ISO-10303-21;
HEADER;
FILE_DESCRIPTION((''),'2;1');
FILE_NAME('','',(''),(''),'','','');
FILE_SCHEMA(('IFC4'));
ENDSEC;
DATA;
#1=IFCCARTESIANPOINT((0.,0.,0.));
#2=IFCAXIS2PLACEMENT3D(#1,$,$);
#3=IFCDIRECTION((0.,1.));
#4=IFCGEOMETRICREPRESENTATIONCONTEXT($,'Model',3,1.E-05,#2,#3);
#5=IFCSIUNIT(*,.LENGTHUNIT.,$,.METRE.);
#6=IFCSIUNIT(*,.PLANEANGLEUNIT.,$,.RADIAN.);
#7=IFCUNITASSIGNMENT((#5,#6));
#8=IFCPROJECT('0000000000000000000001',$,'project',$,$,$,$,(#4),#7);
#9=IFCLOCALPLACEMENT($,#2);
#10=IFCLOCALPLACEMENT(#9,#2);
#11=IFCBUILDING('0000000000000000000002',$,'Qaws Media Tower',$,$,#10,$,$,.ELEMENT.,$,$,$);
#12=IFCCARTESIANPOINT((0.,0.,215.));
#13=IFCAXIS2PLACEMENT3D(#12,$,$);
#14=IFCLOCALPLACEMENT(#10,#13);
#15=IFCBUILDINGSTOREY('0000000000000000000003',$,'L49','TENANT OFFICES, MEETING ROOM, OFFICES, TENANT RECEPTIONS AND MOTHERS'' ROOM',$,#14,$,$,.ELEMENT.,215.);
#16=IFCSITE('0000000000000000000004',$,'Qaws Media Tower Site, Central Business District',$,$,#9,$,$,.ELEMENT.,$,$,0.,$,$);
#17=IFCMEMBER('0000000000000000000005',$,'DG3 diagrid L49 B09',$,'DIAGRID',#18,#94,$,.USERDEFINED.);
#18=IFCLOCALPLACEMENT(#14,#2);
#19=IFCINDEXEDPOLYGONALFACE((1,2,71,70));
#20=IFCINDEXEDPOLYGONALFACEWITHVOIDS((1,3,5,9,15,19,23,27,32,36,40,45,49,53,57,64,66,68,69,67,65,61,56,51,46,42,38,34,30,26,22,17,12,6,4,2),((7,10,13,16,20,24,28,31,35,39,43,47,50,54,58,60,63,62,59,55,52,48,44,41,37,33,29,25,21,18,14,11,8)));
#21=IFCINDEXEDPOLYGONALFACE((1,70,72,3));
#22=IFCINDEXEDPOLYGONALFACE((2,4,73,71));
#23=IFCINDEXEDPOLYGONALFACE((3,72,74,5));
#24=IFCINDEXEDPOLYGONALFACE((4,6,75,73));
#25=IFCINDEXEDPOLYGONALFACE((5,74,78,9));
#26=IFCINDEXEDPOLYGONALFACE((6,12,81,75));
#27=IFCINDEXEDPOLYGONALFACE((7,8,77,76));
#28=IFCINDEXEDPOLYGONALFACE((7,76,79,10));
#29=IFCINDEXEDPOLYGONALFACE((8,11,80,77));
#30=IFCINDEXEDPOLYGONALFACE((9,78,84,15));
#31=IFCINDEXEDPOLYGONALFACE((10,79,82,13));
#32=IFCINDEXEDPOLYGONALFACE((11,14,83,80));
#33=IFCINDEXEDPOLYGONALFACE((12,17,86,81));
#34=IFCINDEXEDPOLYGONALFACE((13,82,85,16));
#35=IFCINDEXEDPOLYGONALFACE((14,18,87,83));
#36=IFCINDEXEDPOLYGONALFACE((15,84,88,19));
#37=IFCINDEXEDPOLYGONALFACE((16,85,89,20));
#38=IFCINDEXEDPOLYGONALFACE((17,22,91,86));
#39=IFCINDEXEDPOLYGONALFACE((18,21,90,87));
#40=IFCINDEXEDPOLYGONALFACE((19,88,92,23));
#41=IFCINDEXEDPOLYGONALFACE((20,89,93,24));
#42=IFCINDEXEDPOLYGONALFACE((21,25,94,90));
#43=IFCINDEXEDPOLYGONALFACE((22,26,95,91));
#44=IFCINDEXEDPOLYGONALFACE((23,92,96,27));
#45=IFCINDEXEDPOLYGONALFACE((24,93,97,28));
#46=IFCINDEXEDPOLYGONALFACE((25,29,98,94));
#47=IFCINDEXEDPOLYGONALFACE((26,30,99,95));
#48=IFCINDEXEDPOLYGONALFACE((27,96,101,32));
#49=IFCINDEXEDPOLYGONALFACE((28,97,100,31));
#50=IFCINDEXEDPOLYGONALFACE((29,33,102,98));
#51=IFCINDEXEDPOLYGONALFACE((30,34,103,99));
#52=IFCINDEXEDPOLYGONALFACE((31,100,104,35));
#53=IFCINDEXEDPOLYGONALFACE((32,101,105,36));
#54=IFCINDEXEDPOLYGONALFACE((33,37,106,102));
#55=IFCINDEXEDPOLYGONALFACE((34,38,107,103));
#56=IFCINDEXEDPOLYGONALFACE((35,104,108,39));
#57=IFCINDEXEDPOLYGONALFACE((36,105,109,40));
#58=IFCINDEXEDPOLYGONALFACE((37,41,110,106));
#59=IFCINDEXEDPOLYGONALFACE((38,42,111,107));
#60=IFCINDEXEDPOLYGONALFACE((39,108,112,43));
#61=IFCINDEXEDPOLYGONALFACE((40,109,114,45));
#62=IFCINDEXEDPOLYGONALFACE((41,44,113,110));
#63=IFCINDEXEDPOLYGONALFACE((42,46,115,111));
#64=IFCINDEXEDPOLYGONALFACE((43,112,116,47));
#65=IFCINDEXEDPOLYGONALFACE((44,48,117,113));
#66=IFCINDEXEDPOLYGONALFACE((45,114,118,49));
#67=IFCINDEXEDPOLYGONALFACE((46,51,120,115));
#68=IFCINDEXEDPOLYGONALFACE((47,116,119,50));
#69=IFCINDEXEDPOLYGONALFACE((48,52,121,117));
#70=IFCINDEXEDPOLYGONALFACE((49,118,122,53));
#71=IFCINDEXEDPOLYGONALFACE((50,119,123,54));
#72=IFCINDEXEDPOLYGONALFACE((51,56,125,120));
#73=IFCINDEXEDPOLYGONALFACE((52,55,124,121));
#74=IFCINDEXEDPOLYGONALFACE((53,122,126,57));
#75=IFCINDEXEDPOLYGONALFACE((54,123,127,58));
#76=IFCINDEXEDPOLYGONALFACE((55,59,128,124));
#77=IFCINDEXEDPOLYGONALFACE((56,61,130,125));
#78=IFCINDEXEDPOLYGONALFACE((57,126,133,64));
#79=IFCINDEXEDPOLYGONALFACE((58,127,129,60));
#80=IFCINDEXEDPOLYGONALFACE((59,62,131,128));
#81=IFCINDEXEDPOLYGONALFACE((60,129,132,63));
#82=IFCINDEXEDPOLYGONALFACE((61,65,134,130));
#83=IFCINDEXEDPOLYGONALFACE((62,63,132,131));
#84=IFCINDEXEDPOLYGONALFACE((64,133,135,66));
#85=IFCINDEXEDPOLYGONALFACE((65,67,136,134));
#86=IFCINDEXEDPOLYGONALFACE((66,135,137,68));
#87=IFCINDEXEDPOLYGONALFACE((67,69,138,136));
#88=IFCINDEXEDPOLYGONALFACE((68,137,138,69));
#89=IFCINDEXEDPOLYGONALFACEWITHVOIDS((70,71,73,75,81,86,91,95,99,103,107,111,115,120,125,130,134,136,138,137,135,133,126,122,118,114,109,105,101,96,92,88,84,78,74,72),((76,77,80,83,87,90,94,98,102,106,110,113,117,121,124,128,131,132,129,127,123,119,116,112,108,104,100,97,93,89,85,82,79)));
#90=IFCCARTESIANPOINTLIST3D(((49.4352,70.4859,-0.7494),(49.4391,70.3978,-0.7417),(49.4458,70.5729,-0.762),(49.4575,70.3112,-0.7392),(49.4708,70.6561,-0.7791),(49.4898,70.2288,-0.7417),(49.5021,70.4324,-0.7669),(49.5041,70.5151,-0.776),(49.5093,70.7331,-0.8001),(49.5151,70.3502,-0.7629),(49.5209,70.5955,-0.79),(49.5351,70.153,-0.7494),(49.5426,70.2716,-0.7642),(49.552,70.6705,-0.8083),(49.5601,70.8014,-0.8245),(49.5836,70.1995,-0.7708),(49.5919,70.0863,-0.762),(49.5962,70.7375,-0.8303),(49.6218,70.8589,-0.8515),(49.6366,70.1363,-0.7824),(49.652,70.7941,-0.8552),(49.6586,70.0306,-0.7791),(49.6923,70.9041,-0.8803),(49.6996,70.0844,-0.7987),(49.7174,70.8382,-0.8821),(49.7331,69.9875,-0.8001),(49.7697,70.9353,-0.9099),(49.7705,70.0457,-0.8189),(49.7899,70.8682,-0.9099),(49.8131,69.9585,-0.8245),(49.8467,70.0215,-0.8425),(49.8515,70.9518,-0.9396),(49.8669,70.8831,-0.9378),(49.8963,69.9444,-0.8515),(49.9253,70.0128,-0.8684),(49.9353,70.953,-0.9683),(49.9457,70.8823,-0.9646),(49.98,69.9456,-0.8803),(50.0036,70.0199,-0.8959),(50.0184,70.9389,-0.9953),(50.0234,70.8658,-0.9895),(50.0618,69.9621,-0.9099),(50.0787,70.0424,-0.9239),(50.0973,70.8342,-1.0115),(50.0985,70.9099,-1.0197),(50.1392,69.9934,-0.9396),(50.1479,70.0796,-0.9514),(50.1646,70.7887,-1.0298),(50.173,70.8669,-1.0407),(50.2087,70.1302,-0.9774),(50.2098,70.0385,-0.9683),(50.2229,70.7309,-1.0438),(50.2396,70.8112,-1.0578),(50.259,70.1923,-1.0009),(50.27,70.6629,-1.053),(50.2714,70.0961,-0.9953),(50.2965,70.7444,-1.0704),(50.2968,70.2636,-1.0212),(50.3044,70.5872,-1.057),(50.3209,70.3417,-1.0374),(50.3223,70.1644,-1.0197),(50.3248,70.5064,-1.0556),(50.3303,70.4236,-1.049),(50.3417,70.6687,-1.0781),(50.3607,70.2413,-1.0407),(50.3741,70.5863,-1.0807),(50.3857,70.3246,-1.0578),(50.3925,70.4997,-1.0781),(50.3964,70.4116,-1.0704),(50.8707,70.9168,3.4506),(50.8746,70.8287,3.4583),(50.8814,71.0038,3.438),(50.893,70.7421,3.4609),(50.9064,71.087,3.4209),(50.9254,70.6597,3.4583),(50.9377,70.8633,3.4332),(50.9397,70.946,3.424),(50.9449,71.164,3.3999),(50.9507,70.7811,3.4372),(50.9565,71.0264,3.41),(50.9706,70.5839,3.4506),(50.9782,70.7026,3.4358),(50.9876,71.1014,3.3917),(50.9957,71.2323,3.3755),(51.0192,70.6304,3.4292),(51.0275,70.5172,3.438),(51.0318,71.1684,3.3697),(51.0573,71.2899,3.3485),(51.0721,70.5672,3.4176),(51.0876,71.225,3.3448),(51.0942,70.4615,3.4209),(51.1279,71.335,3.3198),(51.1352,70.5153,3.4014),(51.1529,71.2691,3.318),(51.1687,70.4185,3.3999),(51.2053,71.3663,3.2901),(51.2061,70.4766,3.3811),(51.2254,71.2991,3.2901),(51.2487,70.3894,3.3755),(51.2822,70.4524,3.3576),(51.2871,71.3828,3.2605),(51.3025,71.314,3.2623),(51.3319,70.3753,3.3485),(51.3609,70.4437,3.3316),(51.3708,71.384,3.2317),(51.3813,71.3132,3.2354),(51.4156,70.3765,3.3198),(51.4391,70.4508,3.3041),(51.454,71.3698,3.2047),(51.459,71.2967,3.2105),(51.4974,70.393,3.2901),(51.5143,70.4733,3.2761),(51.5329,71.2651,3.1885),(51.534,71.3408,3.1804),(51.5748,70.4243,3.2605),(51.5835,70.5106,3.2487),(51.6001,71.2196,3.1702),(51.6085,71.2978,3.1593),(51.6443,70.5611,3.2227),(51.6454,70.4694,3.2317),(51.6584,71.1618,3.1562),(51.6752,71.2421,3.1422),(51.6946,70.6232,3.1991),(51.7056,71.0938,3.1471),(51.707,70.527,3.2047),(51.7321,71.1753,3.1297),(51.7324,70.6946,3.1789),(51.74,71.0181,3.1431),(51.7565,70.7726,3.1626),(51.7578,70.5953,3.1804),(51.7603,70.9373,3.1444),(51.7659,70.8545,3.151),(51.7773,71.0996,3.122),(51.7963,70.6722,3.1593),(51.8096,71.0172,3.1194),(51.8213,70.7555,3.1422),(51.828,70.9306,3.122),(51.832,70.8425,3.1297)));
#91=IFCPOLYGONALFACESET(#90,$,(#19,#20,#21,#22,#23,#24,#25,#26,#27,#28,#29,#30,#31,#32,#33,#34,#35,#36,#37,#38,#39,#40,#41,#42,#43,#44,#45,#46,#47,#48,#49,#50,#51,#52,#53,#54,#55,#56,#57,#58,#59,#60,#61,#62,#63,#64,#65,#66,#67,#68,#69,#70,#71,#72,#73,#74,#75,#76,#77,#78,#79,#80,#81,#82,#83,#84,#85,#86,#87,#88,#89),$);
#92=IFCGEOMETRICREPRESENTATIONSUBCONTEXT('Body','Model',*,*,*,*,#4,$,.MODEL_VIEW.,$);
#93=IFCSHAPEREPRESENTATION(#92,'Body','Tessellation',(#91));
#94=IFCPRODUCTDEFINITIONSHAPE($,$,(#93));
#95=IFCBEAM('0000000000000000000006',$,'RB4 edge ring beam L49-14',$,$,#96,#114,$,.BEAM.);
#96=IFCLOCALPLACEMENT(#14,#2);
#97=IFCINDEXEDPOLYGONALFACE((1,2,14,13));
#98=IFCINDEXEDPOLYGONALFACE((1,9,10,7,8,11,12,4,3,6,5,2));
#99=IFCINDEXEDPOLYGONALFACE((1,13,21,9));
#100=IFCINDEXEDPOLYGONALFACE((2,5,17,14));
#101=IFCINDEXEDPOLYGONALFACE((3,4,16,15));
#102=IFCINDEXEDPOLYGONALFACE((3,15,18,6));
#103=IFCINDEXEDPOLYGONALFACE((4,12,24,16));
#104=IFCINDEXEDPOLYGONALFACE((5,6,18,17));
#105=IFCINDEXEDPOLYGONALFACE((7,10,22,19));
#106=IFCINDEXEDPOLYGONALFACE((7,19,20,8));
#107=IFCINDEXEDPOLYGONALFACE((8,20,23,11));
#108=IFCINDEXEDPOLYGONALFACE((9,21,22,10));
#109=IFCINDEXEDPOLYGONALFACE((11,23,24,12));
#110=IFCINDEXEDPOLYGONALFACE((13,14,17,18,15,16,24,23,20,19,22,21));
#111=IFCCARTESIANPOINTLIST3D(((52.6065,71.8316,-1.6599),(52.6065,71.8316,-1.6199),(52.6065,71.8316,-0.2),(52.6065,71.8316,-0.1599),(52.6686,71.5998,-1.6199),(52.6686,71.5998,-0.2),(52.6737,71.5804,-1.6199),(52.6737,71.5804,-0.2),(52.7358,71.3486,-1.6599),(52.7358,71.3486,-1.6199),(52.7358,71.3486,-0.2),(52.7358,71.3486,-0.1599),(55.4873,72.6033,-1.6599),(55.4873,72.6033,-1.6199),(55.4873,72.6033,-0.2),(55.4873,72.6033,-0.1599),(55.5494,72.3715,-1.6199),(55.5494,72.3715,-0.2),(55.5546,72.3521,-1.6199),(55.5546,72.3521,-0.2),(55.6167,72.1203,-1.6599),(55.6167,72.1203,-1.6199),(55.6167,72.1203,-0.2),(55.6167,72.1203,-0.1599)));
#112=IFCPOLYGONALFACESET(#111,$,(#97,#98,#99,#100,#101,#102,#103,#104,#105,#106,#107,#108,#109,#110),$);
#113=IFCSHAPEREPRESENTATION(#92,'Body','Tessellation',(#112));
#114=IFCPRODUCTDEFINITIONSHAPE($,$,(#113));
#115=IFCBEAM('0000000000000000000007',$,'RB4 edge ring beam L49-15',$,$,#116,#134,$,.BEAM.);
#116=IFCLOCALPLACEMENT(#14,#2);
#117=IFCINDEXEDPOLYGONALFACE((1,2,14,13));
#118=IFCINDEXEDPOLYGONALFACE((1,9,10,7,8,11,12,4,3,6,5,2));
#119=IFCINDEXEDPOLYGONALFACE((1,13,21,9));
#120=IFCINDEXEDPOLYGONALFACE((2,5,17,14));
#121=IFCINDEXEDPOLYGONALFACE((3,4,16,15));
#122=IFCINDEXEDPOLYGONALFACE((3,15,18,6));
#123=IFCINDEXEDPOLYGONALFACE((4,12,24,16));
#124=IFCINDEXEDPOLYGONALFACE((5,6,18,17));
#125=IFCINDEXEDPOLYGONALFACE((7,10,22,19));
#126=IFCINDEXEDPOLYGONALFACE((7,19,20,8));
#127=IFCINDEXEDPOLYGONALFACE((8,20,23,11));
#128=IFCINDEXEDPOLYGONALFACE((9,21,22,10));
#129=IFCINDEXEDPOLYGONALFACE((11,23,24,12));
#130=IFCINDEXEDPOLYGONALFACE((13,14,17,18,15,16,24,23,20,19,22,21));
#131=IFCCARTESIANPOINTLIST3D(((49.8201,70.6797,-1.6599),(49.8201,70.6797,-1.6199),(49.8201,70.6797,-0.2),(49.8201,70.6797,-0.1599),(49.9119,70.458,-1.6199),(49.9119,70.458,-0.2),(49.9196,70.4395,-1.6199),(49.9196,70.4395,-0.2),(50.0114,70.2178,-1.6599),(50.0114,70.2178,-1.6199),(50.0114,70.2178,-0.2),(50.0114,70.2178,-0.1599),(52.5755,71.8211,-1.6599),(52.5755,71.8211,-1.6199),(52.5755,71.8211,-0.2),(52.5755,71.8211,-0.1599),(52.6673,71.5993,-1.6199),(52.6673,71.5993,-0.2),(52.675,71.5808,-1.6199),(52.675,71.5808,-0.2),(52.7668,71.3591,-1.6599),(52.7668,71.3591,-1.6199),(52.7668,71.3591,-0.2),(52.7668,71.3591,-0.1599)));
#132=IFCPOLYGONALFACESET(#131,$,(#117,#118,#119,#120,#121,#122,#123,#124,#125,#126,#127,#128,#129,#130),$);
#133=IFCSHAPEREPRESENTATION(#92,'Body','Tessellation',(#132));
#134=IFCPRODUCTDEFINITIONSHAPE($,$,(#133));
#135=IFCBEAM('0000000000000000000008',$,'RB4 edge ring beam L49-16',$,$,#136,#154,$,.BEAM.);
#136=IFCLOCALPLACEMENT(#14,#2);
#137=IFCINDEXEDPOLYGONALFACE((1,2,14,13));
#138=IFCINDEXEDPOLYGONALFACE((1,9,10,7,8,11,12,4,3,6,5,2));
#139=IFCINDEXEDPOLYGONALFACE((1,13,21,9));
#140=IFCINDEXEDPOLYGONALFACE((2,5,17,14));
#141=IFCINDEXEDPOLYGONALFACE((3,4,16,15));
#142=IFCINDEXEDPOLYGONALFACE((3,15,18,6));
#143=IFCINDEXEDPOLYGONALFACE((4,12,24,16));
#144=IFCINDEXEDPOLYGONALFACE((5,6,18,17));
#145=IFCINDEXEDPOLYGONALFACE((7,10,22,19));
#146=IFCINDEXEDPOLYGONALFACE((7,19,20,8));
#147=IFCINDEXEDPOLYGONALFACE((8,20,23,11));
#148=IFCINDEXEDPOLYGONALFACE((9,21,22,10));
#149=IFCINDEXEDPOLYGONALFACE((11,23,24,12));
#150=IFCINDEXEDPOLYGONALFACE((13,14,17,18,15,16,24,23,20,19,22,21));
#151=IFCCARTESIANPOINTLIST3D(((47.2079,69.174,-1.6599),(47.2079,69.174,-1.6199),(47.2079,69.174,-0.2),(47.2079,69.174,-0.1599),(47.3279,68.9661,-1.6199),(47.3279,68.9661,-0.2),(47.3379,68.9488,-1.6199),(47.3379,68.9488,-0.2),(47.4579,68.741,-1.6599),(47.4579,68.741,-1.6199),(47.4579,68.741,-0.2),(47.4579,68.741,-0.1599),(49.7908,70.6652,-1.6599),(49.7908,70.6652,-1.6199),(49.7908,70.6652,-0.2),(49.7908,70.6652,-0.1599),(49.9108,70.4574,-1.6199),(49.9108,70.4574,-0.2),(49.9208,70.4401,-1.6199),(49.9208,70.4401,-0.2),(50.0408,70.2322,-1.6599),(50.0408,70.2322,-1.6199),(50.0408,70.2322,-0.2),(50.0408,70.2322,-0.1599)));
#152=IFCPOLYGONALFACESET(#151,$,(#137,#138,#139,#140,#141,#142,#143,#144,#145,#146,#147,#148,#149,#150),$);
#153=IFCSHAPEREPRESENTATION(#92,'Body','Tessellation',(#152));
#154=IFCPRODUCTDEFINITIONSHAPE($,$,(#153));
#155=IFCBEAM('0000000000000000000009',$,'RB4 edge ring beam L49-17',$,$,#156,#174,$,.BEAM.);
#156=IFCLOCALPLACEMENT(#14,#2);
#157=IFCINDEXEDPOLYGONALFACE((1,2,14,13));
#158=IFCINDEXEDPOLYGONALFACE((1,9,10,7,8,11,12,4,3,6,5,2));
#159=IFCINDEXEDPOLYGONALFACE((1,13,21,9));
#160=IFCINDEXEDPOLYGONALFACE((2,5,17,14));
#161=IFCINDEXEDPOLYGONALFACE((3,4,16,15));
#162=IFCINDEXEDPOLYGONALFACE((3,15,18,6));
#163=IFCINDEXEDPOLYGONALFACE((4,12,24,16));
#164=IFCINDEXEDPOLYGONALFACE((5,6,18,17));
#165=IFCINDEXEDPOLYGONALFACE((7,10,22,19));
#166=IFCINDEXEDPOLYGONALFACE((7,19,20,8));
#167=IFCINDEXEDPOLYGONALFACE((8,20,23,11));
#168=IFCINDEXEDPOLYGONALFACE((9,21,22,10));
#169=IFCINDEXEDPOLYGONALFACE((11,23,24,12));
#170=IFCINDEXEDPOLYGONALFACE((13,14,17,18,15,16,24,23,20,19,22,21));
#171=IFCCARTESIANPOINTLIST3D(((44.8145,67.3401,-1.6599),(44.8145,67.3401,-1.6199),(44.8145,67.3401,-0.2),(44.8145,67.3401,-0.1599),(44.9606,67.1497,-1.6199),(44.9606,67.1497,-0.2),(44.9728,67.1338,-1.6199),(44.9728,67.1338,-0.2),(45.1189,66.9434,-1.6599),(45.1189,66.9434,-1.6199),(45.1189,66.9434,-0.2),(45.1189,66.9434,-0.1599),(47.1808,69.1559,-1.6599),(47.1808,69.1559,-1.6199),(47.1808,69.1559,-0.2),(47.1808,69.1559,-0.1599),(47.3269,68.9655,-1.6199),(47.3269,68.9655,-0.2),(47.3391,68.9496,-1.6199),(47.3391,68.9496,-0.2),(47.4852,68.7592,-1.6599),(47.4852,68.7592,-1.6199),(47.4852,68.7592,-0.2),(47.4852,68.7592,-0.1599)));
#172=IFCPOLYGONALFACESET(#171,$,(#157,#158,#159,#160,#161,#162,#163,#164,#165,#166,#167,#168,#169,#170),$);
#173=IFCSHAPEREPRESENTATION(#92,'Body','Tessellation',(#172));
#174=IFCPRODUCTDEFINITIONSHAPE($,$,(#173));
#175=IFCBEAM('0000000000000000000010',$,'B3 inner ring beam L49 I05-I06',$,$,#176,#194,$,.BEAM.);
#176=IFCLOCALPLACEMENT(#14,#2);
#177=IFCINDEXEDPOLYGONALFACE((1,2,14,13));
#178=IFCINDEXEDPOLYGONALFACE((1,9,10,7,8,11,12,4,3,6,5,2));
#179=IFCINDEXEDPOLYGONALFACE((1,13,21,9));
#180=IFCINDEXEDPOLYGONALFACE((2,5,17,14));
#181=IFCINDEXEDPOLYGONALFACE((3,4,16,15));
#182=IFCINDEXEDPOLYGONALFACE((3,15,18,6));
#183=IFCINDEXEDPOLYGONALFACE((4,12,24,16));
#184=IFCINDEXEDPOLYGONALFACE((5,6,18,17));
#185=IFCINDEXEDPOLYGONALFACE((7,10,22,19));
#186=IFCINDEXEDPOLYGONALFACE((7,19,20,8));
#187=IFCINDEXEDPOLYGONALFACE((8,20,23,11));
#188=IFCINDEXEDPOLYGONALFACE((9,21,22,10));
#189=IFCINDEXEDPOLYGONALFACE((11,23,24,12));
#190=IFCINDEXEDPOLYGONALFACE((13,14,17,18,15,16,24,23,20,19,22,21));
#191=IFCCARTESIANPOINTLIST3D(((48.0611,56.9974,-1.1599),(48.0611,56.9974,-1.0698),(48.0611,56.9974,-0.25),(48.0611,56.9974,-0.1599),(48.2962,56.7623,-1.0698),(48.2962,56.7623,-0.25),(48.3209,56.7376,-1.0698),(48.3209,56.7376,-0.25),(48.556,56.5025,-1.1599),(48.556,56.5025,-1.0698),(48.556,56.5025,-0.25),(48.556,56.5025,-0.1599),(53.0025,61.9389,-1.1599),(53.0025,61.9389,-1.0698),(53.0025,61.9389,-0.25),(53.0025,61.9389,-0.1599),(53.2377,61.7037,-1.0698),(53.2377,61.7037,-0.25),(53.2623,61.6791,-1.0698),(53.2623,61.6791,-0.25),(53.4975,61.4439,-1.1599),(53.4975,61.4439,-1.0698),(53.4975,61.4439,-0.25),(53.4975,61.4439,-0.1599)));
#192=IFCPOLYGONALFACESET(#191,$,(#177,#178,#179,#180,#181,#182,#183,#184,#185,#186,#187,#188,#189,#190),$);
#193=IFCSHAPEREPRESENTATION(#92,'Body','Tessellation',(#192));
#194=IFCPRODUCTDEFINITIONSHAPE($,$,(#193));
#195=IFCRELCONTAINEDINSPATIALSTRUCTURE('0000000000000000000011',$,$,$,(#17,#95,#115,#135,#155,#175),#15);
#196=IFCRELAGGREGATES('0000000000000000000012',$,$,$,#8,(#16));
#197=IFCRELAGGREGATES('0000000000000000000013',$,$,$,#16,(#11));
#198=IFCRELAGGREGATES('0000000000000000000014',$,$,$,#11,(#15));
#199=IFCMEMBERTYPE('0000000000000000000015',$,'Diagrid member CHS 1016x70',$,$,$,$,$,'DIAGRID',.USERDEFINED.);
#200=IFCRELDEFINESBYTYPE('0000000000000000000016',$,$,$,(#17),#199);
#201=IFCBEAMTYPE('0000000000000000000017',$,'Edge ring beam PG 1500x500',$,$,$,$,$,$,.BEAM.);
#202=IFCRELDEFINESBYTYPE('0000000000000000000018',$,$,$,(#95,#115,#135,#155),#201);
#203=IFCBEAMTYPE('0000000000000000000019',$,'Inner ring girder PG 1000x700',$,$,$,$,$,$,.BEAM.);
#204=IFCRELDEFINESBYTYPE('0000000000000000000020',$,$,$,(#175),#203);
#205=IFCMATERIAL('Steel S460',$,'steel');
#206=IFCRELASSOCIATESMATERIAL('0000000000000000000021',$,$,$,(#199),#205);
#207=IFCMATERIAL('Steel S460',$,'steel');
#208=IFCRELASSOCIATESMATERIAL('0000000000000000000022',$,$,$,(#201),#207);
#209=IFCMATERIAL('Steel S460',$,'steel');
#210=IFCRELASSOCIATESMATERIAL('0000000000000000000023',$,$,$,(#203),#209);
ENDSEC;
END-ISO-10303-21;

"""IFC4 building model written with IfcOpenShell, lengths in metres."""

from ifc_helpers import new_model, si_unit, direction, frame, origin, origin_2d, place, context, subcontext, project, spatial, hollow_circle, i_section, extrude, material, material_profile, profile_set, type_object, element, save


model = new_model("IFC4")

# Units and contexts
model_context = context("Model", 3, precision=1e-05, world=origin(), true_north=direction((0.0, 1.0)))
body_context = subcontext(model_context, "Body", "Model", "MODEL_VIEW")
ifc_project = project(units=[si_unit("LENGTHUNIT", "METRE"), si_unit("PLANEANGLEUNIT", "RADIAN")], contexts=[model_context])

# Site, building, storey
site_placement = place(None, origin())
site = spatial("IfcSite", under=ifc_project, at=site_placement, Name="Qaws Media Tower Site, Central Business District", CompositionType="ELEMENT", RefElevation=0.0)
building_placement = place(site_placement, origin())
building = spatial("IfcBuilding", under=site, at=building_placement, Name="Qaws Media Tower", CompositionType="ELEMENT")
storey_placement = place(building_placement, frame((0.0, 0.0, 215.0)))
storey = spatial("IfcBuildingStorey", under=building, at=storey_placement, Name="L49", Description="TENANT OFFICES, MEETING ROOM, OFFICES, TENANT RECEPTIONS AND MOTHERS' ROOM", CompositionType="ELEMENT", Elevation=215.0)

# Member
ifc_material_1 = material(Name="Steel S460", Category="steel")
ifc_material_profile_1 = material_profile(ifc_material_1, hollow_circle(Radius=0.5081, WallThickness=0.0701, at=origin_2d()), Name="CHS 1016x70")
ifc_profile_set_1 = profile_set([ifc_material_profile_1], Name="Steel S460")
member_type_1 = type_object("IfcMemberType", Name="Diagrid member CHS 1016x70", ElementType="DIAGRID", PredefinedType="USERDEFINED", material=ifc_profile_set_1)
for number, where, z_axis, x_axis, name in (
    (1, (49.9158, 70.4487, -0.9099), (0.321916, 0.09663, 0.941824), (-0.287497, 0.957781, 0.0), "DG3 diagrid L49 B09"),
):
    element("IfcMember", number, at=place(storey_placement, frame(where, z_axis=z_axis, x_axis=x_axis)), inside=storey, type_object=member_type_1, Name=name, ObjectType="DIAGRID", PredefinedType="USERDEFINED", context=body_context, shape_type="SweptSolid", body=[
        extrude(hollow_circle(Radius=0.5081, WallThickness=0.0701, at=origin_2d()), origin(), (0.0, 0.0, 1.0), 4.4595),
    ])

# Beams
ifc_material_2 = material(Name="Steel S460", Category="steel")
ifc_material_profile_2 = material_profile(ifc_material_2, i_section(OverallWidth=0.5, OverallDepth=1.5, WebThickness=0.02, FlangeThickness=0.04, at=origin_2d()), Name="PG 1500x500")
ifc_profile_set_2 = profile_set([ifc_material_profile_2], Name="Steel S460")
beam_type_1 = type_object("IfcBeamType", Name="Edge ring beam PG 1500x500", PredefinedType="BEAM", material=ifc_profile_set_2)
for number, where, z_axis, x_axis, name in (
    (2, (55.552, 72.3618, -0.9099), (-0.965942, -0.258758, 0.0), (0.258758, -0.965942, 0.0), "RB4 edge ring beam L49-14"),
    (3, (52.6711, 71.5901, -0.9099), (-0.923874, -0.382696, 0.0), (0.382696, -0.923874, 0.0), "RB4 edge ring beam L49-15"),
    (4, (49.9158, 70.4487, -0.9099), (-0.866018, -0.500013, 0.0), (0.500013, -0.866018, 0.0), "RB4 edge ring beam L49-16"),
):
    element("IfcBeam", number, at=place(storey_placement, frame(where, z_axis=z_axis, x_axis=x_axis)), inside=storey, type_object=beam_type_1, Name=name, PredefinedType="BEAM", context=body_context, shape_type="SweptSolid", body=[
        extrude(i_section(OverallWidth=0.5, OverallDepth=1.5, WebThickness=0.02, FlangeThickness=0.04, at=origin_2d()), origin(), (0.0, 0.0, 1.0), 2.9824),
    ])
beam_1_placement = place(storey_placement, frame((47.333, 68.9575, -0.9099), z_axis=(-0.793351, -0.608765, 0.0), x_axis=(0.608765, -0.793351, 0.0)))
element("IfcBeam", 5, at=beam_1_placement, inside=storey, type_object=beam_type_1, Name="RB4 edge ring beam L49-17", PredefinedType="BEAM", context=body_context, shape_type="SweptSolid", body=[
    extrude(i_section(OverallWidth=0.5, OverallDepth=1.5, WebThickness=0.02, FlangeThickness=0.04, at=origin_2d()), origin(), (0.0, 0.0, 1.0), 2.9827),
])
ifc_material_3 = material(Name="Steel S460", Category="steel")
ifc_material_profile_3 = material_profile(ifc_material_3, i_section(OverallWidth=0.7, OverallDepth=1.0, WebThickness=0.0349, FlangeThickness=0.0901, at=origin_2d()), Name="PG 1000x700")
ifc_profile_set_3 = profile_set([ifc_material_profile_3], Name="Steel S460")
beam_type_2 = type_object("IfcBeamType", Name="Inner ring girder PG 1000x700", PredefinedType="BEAM", material=ifc_profile_set_3)
beam_2_placement = place(storey_placement, frame((53.25, 61.6914, -0.6599), z_axis=(-0.707107, -0.707107, 0.0), x_axis=(0.707107, -0.707107, 0.0)))
element("IfcBeam", 6, at=beam_2_placement, inside=storey, type_object=beam_type_2, Name="B3 inner ring beam L49 I05-I06", PredefinedType="BEAM", context=body_context, shape_type="SweptSolid", body=[
    extrude(i_section(OverallWidth=0.7, OverallDepth=1.0, WebThickness=0.0349, FlangeThickness=0.0901, at=origin_2d()), origin(), (0.0, 0.0, 1.0), 6.9883),
])

save(model, "model.ifc")
